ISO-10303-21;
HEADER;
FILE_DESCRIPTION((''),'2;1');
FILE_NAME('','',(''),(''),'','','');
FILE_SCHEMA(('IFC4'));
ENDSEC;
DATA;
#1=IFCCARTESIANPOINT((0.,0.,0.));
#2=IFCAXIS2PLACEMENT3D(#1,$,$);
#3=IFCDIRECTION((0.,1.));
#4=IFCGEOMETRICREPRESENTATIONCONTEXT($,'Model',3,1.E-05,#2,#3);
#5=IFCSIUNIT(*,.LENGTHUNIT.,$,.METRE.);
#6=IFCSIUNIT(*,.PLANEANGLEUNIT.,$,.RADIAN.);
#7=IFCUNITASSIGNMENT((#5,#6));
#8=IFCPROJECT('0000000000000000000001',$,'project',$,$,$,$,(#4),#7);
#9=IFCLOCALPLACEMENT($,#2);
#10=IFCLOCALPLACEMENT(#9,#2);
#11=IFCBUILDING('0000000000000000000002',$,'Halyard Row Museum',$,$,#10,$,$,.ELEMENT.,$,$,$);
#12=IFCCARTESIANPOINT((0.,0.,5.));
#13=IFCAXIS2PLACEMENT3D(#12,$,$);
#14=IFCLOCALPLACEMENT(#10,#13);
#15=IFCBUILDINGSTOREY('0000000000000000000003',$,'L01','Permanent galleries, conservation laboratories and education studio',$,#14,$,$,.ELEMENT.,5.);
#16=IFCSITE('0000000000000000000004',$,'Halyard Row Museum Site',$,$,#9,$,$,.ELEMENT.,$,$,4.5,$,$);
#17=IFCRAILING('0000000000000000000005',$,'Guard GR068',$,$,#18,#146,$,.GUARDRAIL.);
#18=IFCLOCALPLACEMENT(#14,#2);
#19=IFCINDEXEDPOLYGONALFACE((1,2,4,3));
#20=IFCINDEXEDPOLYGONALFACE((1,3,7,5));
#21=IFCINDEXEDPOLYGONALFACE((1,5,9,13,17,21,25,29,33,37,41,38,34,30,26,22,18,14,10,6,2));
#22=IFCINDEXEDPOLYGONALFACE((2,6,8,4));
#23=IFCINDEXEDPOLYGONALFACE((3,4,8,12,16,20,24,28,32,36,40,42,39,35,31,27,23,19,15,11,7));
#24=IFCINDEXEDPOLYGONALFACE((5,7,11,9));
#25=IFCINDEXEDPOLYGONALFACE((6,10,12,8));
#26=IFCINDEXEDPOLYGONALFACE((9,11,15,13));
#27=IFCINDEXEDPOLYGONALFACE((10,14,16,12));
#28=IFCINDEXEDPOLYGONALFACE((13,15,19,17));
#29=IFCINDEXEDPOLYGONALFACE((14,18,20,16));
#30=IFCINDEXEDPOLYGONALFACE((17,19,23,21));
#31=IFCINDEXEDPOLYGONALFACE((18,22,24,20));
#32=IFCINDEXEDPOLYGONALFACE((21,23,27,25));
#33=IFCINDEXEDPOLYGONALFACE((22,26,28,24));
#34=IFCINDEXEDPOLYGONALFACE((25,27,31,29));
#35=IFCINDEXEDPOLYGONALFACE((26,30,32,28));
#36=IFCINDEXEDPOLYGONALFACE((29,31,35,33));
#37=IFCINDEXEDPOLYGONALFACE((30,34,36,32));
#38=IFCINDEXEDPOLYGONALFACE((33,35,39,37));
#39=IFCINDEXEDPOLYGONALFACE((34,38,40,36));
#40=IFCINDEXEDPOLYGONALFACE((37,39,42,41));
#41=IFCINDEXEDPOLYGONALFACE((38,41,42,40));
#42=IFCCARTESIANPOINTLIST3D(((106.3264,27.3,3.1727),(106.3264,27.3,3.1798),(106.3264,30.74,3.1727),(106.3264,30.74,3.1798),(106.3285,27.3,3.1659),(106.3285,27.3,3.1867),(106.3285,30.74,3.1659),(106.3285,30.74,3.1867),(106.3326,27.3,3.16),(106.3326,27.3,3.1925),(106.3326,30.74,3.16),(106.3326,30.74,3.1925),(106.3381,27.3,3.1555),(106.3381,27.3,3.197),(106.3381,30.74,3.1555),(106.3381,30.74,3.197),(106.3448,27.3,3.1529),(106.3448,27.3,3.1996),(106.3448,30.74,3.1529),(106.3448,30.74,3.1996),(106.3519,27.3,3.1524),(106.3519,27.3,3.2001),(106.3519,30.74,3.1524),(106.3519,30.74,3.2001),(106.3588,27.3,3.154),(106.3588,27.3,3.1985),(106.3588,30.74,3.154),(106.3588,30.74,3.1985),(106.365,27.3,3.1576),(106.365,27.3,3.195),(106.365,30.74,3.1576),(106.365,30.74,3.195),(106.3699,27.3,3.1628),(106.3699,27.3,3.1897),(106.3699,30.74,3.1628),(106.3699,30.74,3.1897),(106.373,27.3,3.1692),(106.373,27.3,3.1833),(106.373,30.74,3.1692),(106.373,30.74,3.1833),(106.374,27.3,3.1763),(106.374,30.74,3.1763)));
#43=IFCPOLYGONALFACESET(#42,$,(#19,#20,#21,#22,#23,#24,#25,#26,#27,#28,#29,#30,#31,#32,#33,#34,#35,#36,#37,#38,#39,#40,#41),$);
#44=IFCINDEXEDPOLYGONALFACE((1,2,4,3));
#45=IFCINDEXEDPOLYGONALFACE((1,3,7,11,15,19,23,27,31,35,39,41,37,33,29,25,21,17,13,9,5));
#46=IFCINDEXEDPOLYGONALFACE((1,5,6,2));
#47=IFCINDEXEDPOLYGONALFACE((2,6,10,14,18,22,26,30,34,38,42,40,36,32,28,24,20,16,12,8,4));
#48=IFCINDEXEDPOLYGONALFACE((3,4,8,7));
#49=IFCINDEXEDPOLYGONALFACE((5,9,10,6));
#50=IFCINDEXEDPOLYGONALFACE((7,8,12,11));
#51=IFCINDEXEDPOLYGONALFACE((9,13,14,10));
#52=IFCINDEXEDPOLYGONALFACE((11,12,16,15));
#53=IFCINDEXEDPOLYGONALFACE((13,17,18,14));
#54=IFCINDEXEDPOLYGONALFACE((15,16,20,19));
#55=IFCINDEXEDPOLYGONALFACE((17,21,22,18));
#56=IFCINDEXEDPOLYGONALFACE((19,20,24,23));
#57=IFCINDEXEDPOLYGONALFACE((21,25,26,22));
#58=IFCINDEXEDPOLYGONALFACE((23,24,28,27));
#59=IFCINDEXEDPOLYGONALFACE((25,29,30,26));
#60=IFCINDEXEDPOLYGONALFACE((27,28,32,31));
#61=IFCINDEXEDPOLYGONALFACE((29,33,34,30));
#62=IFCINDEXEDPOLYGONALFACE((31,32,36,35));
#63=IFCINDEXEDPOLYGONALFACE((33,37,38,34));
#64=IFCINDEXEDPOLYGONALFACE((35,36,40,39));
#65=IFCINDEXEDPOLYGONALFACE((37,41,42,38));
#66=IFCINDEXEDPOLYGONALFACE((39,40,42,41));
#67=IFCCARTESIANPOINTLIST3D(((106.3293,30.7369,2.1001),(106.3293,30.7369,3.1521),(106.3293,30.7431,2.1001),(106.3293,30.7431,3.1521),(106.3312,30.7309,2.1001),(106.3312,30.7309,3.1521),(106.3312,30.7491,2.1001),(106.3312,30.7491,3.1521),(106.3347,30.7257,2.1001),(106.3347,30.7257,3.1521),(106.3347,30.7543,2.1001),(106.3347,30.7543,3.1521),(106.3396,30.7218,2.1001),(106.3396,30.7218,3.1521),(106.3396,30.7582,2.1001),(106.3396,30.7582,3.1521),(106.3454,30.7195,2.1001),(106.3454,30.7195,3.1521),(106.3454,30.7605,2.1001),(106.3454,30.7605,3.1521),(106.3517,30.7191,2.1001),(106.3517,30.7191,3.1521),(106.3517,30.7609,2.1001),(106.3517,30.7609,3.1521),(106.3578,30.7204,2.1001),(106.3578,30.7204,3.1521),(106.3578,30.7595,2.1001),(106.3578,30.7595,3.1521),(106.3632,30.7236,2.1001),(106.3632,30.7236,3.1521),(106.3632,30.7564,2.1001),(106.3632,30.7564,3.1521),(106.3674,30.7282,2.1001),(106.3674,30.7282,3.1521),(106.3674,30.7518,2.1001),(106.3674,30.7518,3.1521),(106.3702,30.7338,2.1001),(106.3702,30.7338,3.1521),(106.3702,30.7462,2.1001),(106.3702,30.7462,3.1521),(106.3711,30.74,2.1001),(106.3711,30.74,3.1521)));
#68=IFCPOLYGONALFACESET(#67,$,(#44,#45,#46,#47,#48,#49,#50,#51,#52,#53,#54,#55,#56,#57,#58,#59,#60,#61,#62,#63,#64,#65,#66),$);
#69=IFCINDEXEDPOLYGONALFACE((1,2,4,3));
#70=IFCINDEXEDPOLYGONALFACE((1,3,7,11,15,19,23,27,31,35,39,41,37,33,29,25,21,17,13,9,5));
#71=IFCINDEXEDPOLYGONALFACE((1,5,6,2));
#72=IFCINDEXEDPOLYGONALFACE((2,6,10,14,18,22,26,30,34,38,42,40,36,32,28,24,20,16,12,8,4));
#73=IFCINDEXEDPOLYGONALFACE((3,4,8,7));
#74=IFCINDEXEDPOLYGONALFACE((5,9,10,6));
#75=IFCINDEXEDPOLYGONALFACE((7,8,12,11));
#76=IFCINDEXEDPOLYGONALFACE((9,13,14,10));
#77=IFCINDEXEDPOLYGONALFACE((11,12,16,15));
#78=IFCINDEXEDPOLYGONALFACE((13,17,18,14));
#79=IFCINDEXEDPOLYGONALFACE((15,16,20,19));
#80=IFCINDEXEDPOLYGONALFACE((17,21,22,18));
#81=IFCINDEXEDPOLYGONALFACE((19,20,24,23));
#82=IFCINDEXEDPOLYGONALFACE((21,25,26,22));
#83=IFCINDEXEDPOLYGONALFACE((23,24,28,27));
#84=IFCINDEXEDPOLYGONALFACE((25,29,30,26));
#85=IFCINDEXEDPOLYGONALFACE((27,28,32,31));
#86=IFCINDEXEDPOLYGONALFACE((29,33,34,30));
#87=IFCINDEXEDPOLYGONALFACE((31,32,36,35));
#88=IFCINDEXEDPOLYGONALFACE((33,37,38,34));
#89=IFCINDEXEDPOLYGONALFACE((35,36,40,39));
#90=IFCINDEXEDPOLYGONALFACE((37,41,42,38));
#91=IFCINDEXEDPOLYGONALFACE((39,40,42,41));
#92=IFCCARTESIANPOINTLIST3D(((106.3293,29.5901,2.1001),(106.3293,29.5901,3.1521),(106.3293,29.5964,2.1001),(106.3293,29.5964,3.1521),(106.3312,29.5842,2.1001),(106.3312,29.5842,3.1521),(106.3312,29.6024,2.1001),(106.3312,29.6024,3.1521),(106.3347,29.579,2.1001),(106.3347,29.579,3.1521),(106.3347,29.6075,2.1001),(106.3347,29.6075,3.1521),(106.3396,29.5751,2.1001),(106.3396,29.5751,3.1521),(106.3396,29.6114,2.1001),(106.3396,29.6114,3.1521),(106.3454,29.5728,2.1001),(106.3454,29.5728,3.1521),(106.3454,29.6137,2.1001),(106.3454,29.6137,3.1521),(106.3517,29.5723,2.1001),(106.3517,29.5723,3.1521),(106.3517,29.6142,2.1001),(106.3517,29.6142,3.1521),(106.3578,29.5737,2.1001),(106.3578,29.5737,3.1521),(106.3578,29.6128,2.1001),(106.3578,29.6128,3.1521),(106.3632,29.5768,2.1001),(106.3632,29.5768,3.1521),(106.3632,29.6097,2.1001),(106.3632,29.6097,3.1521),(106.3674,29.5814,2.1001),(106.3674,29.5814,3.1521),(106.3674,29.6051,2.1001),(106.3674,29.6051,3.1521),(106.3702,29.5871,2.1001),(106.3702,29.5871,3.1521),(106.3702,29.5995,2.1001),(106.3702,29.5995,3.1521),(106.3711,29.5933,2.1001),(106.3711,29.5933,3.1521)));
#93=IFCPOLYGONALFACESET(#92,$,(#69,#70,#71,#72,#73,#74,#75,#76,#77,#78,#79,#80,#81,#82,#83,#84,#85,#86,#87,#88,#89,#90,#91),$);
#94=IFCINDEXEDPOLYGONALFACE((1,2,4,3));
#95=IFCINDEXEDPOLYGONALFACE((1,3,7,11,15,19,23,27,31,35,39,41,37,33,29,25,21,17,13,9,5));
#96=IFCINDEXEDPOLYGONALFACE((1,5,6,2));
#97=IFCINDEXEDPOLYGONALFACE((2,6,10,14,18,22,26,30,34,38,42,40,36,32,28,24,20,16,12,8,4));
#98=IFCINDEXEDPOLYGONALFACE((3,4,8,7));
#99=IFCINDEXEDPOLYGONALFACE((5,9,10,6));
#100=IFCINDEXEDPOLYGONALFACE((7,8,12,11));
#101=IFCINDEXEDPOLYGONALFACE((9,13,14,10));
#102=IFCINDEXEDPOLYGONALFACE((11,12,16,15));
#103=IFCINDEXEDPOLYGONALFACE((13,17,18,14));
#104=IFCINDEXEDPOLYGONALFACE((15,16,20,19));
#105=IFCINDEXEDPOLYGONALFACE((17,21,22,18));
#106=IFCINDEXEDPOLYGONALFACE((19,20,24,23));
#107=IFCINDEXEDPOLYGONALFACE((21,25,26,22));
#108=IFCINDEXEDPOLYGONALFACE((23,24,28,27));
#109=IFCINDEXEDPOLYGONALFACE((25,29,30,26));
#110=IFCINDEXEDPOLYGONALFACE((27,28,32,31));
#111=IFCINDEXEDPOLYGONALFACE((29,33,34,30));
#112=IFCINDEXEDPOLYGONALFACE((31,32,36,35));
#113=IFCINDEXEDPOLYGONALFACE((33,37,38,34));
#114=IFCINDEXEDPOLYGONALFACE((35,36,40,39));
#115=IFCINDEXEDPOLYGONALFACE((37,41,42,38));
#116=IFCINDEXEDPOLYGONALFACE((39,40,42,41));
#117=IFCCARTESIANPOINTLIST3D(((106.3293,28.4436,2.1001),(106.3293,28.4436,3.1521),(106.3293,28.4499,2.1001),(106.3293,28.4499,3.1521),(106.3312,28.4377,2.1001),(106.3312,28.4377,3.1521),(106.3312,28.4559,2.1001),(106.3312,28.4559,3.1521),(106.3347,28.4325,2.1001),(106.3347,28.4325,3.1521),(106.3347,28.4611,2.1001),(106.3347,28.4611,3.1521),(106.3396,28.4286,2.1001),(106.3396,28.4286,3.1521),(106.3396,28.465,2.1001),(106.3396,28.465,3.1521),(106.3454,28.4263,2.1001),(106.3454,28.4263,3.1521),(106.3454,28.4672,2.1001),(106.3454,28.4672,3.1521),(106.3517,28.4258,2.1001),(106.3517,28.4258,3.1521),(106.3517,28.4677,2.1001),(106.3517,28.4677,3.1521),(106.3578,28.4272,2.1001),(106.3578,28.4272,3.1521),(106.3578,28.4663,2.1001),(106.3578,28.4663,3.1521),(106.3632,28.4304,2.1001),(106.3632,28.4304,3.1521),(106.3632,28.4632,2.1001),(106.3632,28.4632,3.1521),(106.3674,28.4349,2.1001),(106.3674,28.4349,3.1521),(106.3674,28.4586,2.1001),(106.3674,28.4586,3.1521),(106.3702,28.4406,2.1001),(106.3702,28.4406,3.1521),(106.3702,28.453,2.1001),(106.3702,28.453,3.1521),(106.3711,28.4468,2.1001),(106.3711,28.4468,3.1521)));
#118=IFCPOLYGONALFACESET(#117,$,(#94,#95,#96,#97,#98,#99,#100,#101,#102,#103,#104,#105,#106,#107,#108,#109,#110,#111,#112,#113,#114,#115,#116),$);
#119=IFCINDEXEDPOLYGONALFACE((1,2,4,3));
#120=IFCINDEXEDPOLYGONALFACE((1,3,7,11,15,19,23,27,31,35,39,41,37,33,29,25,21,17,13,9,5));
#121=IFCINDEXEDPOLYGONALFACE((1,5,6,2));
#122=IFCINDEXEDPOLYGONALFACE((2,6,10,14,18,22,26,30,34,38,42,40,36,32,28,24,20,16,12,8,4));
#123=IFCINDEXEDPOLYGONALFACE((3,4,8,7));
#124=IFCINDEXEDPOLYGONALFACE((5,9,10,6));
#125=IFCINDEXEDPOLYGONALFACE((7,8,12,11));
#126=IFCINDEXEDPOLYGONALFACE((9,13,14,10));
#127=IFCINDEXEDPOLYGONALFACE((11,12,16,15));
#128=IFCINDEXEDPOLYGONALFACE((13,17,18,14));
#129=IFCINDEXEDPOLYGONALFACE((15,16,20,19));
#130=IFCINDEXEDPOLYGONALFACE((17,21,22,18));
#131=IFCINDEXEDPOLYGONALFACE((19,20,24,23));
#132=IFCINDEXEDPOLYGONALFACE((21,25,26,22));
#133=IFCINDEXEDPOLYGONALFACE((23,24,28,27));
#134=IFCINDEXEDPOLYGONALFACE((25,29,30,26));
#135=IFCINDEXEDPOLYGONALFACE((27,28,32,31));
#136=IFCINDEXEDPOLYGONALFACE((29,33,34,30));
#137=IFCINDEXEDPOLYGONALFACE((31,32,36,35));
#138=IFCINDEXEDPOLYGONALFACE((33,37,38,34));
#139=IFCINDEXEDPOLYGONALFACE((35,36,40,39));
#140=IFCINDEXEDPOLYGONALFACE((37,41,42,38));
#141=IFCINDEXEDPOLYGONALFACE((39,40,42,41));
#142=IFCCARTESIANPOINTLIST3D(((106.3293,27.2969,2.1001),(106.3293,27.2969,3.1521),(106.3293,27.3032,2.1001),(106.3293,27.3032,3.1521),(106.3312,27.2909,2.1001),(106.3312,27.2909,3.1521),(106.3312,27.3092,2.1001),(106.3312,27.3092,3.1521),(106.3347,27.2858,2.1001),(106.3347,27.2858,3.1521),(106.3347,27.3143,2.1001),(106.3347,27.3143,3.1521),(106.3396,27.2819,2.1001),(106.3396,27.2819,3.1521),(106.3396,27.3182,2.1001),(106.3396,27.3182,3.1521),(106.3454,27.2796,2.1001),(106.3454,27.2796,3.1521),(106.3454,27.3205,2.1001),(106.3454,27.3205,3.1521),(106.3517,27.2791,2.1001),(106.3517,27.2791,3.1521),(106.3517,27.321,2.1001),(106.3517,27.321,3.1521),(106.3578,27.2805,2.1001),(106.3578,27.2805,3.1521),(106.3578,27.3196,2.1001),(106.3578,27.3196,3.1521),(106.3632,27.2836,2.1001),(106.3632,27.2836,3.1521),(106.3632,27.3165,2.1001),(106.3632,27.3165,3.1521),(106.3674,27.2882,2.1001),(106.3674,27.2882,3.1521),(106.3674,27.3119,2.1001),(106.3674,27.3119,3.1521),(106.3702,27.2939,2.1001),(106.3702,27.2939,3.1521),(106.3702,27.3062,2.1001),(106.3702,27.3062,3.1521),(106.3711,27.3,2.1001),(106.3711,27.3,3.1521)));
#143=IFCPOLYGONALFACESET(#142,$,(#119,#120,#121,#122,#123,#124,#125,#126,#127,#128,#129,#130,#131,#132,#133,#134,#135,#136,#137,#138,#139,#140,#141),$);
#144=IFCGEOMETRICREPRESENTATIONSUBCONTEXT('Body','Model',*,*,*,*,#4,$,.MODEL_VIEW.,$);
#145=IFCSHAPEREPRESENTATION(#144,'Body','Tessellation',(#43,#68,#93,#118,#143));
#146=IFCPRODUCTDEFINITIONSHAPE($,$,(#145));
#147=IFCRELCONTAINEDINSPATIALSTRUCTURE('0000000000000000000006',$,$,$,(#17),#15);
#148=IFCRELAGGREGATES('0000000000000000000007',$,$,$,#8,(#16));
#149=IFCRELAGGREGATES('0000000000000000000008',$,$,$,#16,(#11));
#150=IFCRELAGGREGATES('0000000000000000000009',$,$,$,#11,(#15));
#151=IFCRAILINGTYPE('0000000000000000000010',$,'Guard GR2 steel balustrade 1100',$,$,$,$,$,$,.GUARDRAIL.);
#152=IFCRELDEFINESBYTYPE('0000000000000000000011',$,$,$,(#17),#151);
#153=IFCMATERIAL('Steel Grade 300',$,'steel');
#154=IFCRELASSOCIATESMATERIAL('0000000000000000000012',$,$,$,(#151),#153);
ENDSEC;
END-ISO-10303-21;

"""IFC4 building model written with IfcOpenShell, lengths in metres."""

from ifc_helpers import new_model, si_unit, direction, frame, origin, origin_2d, place, context, subcontext, project, spatial, circle, extrude, material, type_object, element, save


model = new_model("IFC4")

# Units and contexts
model_context = context("Model", 3, precision=1e-05, world=origin(), true_north=direction((0.0, 1.0)))
body_context = subcontext(model_context, "Body", "Model", "MODEL_VIEW")
ifc_project = project(units=[si_unit("LENGTHUNIT", "METRE"), si_unit("PLANEANGLEUNIT", "RADIAN")], contexts=[model_context])

# Site, building, storey
site_placement = place(None, origin())
site = spatial("IfcSite", under=ifc_project, at=site_placement, Name="Halyard Row Museum Site", CompositionType="ELEMENT", RefElevation=4.5)
building_placement = place(site_placement, origin())
building = spatial("IfcBuilding", under=site, at=building_placement, Name="Halyard Row Museum", CompositionType="ELEMENT")
storey_placement = place(building_placement, frame((0.0, 0.0, 5.0)))
storey = spatial("IfcBuildingStorey", under=building, at=storey_placement, Name="L01", Description="Permanent galleries, conservation laboratories and education studio", CompositionType="ELEMENT", Elevation=5.0)

# Railing
ifc_material_1 = material(Name="Steel Grade 300", Category="steel")
railing_type_1 = type_object("IfcRailingType", Name="Guard GR2 steel balustrade 1100", PredefinedType="GUARDRAIL", material=ifc_material_1)
railing_1_placement = place(storey_placement, frame((106.3501, 30.74, 2.1001)))
element("IfcRailing", 1, at=railing_1_placement, inside=storey, type_object=railing_type_1, Name="Guard GR068", PredefinedType="GUARDRAIL", context=body_context, shape_type="SweptSolid", body=[
    extrude(circle(Radius=0.0239, at=origin_2d()), frame((0.0, 0.0, 1.0762), z_axis=(0.0, -1.0, 0.0), x_axis=(1.0, 0.0, 0.0)), (0.0, 0.0, 1.0), 3.4399),
    extrude(circle(Radius=0.021, at=origin_2d()), origin(), (0.0, 0.0, 1.0), 1.052),
    extrude(circle(Radius=0.021, at=origin_2d()), frame((0.0, -1.1467, 0.0)), (0.0, 0.0, 1.0), 1.052),
    extrude(circle(Radius=0.021, at=origin_2d()), frame((0.0, -2.2932, 0.0)), (0.0, 0.0, 1.0), 1.052),
    extrude(circle(Radius=0.021, at=origin_2d()), frame((0.0, -3.4399, 0.0)), (0.0, 0.0, 1.0), 1.052),
])

save(model, "model.ifc")
